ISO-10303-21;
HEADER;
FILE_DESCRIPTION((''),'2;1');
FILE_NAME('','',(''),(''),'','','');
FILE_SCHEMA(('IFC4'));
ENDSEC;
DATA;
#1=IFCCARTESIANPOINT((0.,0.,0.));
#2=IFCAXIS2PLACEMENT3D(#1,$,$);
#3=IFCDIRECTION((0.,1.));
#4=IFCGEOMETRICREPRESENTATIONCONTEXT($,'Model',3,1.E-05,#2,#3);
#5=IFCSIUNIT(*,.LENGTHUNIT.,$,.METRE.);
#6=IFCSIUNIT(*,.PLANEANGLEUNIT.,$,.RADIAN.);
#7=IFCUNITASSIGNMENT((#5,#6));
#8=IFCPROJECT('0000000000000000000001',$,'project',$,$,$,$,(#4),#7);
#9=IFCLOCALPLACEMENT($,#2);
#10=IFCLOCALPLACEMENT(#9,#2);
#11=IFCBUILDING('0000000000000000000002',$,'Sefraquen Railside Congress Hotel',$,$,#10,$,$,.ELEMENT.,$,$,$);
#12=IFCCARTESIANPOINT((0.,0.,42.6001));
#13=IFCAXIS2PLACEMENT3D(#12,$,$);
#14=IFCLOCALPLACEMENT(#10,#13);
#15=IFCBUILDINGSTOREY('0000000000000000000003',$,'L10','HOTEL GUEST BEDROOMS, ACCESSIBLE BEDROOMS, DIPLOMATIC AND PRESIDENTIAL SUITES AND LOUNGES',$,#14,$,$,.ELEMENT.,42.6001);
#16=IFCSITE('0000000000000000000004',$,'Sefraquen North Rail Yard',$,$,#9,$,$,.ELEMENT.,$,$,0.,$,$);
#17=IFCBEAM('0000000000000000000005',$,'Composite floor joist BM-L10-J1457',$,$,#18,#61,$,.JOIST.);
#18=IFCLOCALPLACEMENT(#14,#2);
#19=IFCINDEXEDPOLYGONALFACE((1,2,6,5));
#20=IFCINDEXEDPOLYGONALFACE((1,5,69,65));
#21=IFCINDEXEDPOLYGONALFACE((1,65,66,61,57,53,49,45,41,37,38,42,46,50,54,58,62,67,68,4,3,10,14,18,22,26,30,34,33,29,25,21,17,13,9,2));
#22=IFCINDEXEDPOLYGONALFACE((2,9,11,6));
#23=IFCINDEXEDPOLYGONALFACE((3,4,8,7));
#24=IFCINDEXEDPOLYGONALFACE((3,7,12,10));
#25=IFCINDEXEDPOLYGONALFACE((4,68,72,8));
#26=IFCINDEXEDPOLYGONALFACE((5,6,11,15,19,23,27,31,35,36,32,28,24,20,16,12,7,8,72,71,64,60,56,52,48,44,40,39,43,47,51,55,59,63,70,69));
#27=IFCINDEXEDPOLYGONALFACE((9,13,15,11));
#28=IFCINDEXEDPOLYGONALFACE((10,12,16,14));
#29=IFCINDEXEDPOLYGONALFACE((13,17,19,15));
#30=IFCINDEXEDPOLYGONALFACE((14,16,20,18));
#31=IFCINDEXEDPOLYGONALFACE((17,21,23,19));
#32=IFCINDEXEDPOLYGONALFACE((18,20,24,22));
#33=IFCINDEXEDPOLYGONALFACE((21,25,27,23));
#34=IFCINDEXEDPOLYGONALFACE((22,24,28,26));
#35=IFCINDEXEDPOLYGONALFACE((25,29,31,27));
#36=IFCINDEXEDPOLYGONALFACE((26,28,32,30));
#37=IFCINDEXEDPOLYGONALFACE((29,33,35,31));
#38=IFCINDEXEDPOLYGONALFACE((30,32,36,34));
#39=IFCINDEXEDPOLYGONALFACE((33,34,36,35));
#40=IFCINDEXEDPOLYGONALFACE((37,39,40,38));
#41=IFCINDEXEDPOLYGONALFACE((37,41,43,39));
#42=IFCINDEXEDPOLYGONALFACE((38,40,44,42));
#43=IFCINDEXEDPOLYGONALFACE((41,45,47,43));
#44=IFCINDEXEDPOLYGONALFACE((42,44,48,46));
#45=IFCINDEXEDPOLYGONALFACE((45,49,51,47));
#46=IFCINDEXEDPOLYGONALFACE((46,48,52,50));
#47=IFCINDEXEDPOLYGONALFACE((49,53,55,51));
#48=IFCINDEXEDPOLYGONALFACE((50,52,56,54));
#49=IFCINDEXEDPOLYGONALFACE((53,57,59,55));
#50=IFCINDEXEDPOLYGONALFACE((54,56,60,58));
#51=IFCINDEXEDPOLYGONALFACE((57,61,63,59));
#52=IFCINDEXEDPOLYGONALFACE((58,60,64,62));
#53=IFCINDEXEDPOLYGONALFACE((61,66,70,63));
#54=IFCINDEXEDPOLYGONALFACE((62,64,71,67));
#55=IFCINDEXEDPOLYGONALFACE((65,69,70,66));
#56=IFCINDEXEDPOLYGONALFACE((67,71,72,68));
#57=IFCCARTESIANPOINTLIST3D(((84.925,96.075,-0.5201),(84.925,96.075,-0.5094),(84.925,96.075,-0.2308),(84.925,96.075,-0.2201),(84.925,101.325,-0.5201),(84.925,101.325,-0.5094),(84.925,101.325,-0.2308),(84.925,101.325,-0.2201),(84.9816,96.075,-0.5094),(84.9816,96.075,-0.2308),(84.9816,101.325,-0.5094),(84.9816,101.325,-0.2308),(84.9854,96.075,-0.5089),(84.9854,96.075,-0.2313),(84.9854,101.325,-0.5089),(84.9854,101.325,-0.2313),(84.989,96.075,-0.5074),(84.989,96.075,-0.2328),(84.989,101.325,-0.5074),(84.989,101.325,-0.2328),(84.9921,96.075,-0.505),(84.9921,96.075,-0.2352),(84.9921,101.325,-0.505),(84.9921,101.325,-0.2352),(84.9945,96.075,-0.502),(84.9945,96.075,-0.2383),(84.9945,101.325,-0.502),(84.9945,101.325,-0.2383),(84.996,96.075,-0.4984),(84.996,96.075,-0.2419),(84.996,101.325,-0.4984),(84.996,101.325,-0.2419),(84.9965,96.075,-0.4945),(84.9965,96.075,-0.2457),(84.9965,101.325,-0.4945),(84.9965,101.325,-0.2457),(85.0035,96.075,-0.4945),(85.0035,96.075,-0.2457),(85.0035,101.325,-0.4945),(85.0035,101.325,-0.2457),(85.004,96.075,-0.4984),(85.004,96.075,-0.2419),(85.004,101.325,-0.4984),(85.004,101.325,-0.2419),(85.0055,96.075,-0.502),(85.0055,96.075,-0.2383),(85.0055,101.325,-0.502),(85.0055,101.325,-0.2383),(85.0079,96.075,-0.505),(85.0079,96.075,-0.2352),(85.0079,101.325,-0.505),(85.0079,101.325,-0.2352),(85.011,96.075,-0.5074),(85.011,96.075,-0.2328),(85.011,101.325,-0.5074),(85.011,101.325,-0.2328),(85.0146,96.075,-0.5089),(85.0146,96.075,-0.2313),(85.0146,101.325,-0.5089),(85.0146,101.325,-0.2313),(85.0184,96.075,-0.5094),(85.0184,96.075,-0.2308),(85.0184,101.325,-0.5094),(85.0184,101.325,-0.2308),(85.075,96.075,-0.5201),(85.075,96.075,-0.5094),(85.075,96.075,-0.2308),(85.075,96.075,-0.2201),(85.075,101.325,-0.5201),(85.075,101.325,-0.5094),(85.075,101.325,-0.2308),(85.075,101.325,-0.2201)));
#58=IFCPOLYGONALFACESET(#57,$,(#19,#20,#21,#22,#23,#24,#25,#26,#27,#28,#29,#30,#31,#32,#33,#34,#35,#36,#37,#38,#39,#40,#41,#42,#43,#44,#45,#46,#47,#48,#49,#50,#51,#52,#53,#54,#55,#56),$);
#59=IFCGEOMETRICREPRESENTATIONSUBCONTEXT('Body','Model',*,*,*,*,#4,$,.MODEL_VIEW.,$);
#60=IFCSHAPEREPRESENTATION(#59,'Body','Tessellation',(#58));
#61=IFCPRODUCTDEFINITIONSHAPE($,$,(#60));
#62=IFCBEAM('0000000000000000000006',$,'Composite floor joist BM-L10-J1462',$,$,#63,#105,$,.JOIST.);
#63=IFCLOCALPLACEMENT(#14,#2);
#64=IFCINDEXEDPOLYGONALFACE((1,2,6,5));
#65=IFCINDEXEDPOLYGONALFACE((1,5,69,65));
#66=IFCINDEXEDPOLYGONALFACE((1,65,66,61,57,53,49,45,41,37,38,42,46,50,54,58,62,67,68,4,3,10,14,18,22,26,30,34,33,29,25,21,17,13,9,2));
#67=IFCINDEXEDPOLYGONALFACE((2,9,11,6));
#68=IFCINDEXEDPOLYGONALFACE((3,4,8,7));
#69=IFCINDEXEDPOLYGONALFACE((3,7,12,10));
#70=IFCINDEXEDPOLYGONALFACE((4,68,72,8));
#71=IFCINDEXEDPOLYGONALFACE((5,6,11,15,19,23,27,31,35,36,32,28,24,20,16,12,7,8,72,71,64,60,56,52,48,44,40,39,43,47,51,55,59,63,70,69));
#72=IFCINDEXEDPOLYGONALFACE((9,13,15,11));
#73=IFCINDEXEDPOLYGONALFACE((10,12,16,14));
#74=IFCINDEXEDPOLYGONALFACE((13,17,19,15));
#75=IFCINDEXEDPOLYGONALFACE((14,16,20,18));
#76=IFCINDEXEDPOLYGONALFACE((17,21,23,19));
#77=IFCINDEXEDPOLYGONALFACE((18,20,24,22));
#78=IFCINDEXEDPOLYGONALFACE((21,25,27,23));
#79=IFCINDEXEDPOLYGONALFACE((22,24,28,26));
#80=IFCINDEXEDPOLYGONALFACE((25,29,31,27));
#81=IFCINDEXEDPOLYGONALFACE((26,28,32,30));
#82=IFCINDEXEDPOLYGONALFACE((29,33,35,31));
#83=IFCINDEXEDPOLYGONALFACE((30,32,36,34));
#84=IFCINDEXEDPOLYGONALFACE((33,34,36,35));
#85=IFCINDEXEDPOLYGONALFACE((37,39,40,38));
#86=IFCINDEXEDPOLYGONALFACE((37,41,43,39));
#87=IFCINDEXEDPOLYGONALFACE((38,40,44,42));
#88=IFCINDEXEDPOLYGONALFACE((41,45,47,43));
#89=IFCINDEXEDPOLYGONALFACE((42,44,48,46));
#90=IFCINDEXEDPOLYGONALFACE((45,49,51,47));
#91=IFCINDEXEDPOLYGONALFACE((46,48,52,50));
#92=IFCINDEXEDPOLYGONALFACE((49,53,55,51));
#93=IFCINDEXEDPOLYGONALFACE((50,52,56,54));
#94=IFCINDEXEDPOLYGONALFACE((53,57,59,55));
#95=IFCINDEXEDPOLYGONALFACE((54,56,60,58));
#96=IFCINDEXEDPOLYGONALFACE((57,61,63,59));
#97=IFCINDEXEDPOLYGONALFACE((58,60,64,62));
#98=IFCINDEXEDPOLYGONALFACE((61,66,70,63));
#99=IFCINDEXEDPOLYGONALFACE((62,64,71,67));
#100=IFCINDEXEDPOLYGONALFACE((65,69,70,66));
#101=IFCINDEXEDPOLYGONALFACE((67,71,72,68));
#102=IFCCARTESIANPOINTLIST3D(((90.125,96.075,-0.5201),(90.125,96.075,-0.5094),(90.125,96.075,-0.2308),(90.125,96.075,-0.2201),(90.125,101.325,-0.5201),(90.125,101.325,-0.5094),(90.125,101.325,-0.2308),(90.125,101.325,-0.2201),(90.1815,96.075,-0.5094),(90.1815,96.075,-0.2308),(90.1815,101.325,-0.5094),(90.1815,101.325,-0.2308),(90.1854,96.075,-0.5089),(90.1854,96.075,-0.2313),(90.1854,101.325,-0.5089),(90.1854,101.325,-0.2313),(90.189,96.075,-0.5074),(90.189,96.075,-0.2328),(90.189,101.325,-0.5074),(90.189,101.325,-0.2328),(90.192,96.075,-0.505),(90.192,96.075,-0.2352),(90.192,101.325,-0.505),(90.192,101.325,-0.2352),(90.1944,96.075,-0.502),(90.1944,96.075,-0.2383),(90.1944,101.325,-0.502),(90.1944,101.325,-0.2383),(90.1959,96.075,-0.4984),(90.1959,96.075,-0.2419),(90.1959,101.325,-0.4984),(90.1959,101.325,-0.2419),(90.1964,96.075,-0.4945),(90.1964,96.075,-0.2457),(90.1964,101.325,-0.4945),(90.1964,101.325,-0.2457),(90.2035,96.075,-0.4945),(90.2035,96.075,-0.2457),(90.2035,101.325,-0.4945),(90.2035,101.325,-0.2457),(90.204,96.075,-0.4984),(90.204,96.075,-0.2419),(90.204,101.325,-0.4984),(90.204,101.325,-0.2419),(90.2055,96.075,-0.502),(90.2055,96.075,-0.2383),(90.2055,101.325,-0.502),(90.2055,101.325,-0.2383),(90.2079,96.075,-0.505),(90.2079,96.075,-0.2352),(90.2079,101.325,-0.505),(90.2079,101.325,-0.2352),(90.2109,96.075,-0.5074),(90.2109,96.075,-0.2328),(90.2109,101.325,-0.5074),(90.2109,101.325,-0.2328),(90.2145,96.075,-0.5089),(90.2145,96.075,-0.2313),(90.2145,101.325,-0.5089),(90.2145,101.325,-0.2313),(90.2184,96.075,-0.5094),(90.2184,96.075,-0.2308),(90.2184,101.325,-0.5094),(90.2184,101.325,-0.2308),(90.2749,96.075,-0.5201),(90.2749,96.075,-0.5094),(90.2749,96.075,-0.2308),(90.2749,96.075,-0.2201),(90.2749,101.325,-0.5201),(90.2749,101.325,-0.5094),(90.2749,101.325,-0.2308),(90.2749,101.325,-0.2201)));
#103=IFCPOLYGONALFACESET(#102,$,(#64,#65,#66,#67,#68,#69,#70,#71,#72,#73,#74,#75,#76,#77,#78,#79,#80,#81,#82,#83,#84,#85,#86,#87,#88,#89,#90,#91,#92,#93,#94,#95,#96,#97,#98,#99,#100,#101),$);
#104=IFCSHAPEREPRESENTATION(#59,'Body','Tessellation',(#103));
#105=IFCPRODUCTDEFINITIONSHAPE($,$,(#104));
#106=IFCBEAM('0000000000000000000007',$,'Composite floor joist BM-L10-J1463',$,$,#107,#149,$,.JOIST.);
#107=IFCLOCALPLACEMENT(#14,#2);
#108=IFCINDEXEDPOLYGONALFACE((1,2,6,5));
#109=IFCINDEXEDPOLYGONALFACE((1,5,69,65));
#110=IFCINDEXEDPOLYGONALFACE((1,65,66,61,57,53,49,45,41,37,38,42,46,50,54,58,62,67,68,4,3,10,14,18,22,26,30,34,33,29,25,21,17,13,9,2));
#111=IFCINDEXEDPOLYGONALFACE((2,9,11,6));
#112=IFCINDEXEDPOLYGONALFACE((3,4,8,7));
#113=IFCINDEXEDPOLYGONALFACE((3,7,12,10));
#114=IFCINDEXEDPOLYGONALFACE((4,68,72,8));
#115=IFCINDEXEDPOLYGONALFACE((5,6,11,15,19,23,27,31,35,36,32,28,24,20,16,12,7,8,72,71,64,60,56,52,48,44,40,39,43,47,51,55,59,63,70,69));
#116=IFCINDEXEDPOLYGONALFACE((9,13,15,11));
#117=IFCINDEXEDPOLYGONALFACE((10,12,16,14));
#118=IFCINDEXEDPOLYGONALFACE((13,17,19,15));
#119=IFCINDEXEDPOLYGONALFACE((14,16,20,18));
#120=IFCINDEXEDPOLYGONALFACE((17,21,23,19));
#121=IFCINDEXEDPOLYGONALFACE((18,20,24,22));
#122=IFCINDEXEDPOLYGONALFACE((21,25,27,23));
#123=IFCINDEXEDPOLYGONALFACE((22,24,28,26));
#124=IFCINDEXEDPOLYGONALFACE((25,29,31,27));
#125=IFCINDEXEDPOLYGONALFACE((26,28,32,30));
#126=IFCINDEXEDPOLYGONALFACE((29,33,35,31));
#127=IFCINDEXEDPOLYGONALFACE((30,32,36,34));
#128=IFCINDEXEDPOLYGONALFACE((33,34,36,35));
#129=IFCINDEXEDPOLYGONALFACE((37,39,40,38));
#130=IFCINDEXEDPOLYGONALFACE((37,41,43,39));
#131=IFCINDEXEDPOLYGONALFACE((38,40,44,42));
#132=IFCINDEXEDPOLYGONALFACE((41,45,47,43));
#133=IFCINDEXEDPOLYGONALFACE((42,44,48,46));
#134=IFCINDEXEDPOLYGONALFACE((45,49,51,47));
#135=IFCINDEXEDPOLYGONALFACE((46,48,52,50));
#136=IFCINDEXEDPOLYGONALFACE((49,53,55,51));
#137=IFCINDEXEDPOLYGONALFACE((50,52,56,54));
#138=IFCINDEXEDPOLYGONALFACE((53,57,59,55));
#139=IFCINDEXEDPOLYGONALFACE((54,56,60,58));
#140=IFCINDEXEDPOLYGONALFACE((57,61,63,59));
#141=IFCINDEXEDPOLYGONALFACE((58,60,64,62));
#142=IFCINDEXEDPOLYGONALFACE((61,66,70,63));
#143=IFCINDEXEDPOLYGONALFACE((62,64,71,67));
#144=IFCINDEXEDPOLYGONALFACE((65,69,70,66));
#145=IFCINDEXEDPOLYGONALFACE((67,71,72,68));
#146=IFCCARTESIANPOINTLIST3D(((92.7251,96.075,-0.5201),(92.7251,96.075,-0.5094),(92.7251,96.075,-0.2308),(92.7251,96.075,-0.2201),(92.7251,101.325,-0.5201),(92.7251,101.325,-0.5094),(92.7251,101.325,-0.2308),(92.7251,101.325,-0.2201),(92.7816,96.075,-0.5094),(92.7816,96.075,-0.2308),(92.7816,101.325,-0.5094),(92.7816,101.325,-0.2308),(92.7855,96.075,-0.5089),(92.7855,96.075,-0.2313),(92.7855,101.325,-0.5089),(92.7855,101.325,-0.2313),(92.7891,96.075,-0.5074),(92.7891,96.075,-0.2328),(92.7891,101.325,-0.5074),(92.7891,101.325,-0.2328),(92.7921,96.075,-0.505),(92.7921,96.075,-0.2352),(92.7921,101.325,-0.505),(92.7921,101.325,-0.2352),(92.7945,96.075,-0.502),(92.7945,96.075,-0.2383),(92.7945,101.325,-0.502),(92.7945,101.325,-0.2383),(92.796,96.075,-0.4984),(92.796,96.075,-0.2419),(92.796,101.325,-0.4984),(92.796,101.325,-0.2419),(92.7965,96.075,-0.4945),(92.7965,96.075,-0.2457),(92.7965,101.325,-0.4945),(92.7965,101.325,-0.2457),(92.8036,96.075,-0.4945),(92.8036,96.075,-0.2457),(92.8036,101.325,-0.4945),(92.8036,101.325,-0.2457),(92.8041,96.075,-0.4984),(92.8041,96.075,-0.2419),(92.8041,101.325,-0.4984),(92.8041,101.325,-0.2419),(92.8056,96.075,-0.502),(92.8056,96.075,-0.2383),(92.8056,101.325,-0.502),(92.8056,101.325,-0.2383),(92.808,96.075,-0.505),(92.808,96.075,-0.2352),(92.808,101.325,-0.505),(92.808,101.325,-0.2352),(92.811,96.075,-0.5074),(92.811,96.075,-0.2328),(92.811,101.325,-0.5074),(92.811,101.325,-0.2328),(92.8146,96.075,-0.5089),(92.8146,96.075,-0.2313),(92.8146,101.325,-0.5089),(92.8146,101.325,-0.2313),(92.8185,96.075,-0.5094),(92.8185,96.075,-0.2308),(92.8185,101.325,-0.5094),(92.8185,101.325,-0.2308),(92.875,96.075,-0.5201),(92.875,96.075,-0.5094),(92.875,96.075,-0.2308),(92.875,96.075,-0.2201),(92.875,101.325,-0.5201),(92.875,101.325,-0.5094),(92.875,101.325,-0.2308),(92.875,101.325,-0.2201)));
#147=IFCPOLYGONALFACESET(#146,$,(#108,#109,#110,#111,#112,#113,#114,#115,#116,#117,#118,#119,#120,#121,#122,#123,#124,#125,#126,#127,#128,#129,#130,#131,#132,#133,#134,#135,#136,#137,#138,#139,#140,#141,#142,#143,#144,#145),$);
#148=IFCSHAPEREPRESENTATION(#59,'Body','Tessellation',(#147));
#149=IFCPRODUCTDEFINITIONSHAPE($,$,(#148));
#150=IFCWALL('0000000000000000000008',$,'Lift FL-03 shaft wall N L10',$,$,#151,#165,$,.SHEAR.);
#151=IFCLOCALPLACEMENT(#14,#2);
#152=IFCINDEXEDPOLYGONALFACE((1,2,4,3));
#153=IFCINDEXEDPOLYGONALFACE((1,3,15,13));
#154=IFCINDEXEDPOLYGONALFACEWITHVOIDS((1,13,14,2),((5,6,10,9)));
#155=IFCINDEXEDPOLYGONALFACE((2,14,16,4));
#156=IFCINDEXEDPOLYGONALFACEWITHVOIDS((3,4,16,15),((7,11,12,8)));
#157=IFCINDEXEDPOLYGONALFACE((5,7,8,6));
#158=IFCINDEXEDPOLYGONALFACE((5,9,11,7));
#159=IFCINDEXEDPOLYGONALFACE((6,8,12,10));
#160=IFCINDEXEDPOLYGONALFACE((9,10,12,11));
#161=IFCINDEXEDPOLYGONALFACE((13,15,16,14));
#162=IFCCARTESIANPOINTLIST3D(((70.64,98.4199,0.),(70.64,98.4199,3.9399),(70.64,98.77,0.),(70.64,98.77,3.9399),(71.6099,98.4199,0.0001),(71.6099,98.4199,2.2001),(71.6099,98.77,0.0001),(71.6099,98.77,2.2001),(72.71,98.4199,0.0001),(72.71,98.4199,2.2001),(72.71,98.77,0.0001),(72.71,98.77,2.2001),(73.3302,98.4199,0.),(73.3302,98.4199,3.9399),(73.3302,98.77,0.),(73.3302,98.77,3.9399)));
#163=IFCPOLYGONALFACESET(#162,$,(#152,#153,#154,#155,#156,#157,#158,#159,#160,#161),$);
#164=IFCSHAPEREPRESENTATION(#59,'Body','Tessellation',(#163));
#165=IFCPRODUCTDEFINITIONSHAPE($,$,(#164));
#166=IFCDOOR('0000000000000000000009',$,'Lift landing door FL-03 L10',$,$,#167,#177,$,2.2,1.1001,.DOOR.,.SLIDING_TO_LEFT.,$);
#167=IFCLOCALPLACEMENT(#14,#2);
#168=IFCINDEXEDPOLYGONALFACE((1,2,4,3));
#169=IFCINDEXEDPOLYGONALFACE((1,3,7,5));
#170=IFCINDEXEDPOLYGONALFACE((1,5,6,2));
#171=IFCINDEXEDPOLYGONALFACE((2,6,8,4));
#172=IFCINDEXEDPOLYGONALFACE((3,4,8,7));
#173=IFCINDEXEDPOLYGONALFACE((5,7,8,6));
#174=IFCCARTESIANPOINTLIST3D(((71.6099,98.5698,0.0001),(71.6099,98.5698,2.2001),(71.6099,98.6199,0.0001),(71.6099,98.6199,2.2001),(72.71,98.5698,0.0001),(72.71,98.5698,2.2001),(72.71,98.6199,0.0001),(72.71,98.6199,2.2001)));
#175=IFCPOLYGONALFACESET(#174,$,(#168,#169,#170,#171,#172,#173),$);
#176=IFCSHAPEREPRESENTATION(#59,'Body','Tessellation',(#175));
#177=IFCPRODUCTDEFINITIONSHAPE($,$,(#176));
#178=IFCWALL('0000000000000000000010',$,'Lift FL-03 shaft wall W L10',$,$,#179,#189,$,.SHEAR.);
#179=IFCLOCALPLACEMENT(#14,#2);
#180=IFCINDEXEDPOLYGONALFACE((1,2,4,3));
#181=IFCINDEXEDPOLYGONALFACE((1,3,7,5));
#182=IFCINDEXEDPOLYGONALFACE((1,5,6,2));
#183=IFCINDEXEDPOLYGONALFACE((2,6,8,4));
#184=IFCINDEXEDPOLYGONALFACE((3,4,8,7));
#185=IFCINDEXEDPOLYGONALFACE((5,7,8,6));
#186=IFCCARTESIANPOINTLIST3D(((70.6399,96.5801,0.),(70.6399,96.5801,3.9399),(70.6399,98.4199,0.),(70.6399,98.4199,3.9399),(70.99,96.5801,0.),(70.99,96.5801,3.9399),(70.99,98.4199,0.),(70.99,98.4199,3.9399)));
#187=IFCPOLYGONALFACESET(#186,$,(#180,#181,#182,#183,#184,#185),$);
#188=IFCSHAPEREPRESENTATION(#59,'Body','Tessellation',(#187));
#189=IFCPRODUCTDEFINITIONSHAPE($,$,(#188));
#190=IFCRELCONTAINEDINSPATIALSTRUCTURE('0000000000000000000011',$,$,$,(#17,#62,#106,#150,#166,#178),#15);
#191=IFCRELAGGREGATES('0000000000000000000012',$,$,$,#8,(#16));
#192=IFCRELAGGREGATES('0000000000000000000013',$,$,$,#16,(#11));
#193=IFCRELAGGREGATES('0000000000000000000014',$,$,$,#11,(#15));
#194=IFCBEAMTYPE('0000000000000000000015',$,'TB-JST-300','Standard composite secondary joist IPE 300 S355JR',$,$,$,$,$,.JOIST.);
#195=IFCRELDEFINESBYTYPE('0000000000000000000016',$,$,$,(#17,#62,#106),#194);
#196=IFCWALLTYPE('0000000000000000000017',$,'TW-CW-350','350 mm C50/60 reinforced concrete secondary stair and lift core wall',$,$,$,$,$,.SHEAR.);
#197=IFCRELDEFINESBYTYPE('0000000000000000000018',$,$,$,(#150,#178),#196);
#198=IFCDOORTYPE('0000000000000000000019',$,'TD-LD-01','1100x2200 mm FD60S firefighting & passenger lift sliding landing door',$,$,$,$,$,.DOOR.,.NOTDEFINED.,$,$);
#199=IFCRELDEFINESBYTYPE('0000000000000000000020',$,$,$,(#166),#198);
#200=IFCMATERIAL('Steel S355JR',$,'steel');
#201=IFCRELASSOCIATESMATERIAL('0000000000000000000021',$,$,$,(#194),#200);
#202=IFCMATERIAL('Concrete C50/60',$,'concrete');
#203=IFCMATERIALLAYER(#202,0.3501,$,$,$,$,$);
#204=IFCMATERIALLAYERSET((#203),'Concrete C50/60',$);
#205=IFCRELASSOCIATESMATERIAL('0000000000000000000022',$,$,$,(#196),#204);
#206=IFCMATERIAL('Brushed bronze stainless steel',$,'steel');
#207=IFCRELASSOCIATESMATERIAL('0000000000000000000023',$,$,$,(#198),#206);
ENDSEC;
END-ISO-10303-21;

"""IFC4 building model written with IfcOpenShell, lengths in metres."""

from ifc_helpers import new_model, si_unit, direction, frame, frame_2d, origin, origin_2d, place, context, subcontext, project, spatial, rectangle, i_section, extrude, material, layer, layer_set, material_profile, profile_set, type_object, element, fill, save


model = new_model("IFC4")

# Units and contexts
model_context = context("Model", 3, precision=1e-05, world=origin(), true_north=direction((0.0, 1.0)))
body_context = subcontext(model_context, "Body", "Model", "MODEL_VIEW")
ifc_project = project(units=[si_unit("LENGTHUNIT", "METRE"), si_unit("PLANEANGLEUNIT", "RADIAN")], contexts=[model_context])

# Site, building, storey
site_placement = place(None, origin())
site = spatial("IfcSite", under=ifc_project, at=site_placement, Name="Sefraquen North Rail Yard", CompositionType="ELEMENT", RefElevation=0.0)
building_placement = place(site_placement, origin())
building = spatial("IfcBuilding", under=site, at=building_placement, Name="Sefraquen Railside Congress Hotel", CompositionType="ELEMENT")
storey_placement = place(building_placement, frame((0.0, 0.0, 42.6001)))
storey = spatial("IfcBuildingStorey", under=building, at=storey_placement, Name="L10", Description="HOTEL GUEST BEDROOMS, ACCESSIBLE BEDROOMS, DIPLOMATIC AND PRESIDENTIAL SUITES AND LOUNGES", CompositionType="ELEMENT", Elevation=42.6001)

# Shared definitions
ifc_material_1 = material(Name="Steel S355JR", Category="steel")

# Beams
ifc_material_profile_1 = material_profile(ifc_material_1, i_section(OverallWidth=0.1499, OverallDepth=0.3, WebThickness=0.0071, FlangeThickness=0.0107, FilletRadius=0.0149, at=origin_2d()), Name="IPE 300")
ifc_profile_set_1 = profile_set([ifc_material_profile_1], Name="Steel S355JR")
beam_type_1 = type_object("IfcBeamType", Name="TB-JST-300", Description="Standard composite secondary joist IPE 300 S355JR", PredefinedType="JOIST", material=ifc_profile_set_1)
for number, where, z_axis, x_axis, name in (
    (1, (85.0, 96.075, -0.3701), (0.0, 1.0, 0.0), (-1.0, 0.0, 0.0), "Composite floor joist BM-L10-J1457"),
    (2, (90.2, 96.075, -0.3701), (0.0, 1.0, 0.0), (-1.0, 0.0, 0.0), "Composite floor joist BM-L10-J1462"),
    (3, (92.8, 96.075, -0.3701), (0.0, 1.0, 0.0), (-1.0, 0.0, 0.0), "Composite floor joist BM-L10-J1463"),
):
    element("IfcBeam", number, at=place(storey_placement, frame(where, z_axis=z_axis, x_axis=x_axis)), inside=storey, type_object=beam_type_1, Name=name, PredefinedType="JOIST", context=body_context, shape_type="SweptSolid", body=[
        extrude(i_section(OverallWidth=0.1499, OverallDepth=0.3, WebThickness=0.0071, FlangeThickness=0.0107, FilletRadius=0.0149, at=origin_2d()), origin(), (0.0, 0.0, 1.0), 5.25),
    ])

# Wall, opening, door
ifc_material_2 = material(Name="Concrete C50/60", Category="concrete")
ifc_layer_1 = layer(ifc_material_2, 0.3501)
ifc_layer_set_1 = layer_set([ifc_layer_1], Name="Concrete C50/60")
wall_type_1 = type_object("IfcWallType", Name="TW-CW-350", Description="350 mm C50/60 reinforced concrete secondary stair and lift core wall", PredefinedType="SHEAR", material=ifc_layer_set_1)
wall_1_placement = place(storey_placement, frame((70.6399, 98.595, 0.0), z_axis=(0.0, 0.0, 1.0), x_axis=(1.0, 0.0, 0.0)))
wall_1 = element("IfcWall", 4, at=wall_1_placement, inside=storey, type_object=wall_type_1, Name="Lift FL-03 shaft wall N L10", PredefinedType="SHEAR", context=body_context, shape_type="SweptSolid", body=[
    extrude(rectangle(XDim=2.6902, YDim=0.3501, at=frame_2d((1.3452, 0.0))), origin(), (0.0, 0.0, 1.0), 3.9399),
])
opening_1_placement = place(wall_1_placement, frame((0.97, 0.0, 0.0)))
opening_1 = element("IfcOpeningElement", 5, at=opening_1_placement, cuts=wall_1, PredefinedType="OPENING", context=body_context, shape_type="SweptSolid", body=[
    extrude(rectangle(XDim=1.1001, YDim=2.2, at=frame_2d((0.55, 1.1001))), frame((0.0, 0.1851, 0.0), z_axis=(0.0, -1.0, 0.0), x_axis=(1.0, 0.0, 0.0)), (0.0, 0.0, 1.0), 0.3701),
])
ifc_material_3 = material(Name="Brushed bronze stainless steel", Category="steel")
door_type_1 = type_object("IfcDoorType", Name="TD-LD-01", Description="1100x2200 mm FD60S firefighting & passenger lift sliding landing door", OperationType="NOTDEFINED", PredefinedType="DOOR", material=ifc_material_3)
door_1_placement = place(opening_1_placement, origin())
door_1 = element("IfcDoor", 6, at=door_1_placement, inside=storey, type_object=door_type_1, Name="Lift landing door FL-03 L10", OperationType="SLIDING_TO_LEFT", OverallHeight=2.2, OverallWidth=1.1001, PredefinedType="DOOR", context=body_context, shape_type="SweptSolid", body=[
    extrude(rectangle(XDim=1.1001, YDim=2.2, at=frame_2d((0.55, 1.1001))), frame((0.0, 0.0249, 0.0), z_axis=(0.0, -1.0, 0.0), x_axis=(1.0, 0.0, 0.0)), (0.0, 0.0, 1.0), 0.05),
])
fill(opening_1, door_1)

# Wall
wall_2_placement = place(storey_placement, frame((70.8149, 96.5801, 0.0), z_axis=(0.0, 0.0, 1.0), x_axis=(0.0, 1.0, 0.0)))
element("IfcWall", 7, at=wall_2_placement, inside=storey, type_object=wall_type_1, Name="Lift FL-03 shaft wall W L10", PredefinedType="SHEAR", context=body_context, shape_type="SweptSolid", body=[
    extrude(rectangle(XDim=1.8398, YDim=0.3501, at=frame_2d((0.9199, 0.0))), origin(), (0.0, 0.0, 1.0), 3.9399),
])

save(model, "model.ifc")
